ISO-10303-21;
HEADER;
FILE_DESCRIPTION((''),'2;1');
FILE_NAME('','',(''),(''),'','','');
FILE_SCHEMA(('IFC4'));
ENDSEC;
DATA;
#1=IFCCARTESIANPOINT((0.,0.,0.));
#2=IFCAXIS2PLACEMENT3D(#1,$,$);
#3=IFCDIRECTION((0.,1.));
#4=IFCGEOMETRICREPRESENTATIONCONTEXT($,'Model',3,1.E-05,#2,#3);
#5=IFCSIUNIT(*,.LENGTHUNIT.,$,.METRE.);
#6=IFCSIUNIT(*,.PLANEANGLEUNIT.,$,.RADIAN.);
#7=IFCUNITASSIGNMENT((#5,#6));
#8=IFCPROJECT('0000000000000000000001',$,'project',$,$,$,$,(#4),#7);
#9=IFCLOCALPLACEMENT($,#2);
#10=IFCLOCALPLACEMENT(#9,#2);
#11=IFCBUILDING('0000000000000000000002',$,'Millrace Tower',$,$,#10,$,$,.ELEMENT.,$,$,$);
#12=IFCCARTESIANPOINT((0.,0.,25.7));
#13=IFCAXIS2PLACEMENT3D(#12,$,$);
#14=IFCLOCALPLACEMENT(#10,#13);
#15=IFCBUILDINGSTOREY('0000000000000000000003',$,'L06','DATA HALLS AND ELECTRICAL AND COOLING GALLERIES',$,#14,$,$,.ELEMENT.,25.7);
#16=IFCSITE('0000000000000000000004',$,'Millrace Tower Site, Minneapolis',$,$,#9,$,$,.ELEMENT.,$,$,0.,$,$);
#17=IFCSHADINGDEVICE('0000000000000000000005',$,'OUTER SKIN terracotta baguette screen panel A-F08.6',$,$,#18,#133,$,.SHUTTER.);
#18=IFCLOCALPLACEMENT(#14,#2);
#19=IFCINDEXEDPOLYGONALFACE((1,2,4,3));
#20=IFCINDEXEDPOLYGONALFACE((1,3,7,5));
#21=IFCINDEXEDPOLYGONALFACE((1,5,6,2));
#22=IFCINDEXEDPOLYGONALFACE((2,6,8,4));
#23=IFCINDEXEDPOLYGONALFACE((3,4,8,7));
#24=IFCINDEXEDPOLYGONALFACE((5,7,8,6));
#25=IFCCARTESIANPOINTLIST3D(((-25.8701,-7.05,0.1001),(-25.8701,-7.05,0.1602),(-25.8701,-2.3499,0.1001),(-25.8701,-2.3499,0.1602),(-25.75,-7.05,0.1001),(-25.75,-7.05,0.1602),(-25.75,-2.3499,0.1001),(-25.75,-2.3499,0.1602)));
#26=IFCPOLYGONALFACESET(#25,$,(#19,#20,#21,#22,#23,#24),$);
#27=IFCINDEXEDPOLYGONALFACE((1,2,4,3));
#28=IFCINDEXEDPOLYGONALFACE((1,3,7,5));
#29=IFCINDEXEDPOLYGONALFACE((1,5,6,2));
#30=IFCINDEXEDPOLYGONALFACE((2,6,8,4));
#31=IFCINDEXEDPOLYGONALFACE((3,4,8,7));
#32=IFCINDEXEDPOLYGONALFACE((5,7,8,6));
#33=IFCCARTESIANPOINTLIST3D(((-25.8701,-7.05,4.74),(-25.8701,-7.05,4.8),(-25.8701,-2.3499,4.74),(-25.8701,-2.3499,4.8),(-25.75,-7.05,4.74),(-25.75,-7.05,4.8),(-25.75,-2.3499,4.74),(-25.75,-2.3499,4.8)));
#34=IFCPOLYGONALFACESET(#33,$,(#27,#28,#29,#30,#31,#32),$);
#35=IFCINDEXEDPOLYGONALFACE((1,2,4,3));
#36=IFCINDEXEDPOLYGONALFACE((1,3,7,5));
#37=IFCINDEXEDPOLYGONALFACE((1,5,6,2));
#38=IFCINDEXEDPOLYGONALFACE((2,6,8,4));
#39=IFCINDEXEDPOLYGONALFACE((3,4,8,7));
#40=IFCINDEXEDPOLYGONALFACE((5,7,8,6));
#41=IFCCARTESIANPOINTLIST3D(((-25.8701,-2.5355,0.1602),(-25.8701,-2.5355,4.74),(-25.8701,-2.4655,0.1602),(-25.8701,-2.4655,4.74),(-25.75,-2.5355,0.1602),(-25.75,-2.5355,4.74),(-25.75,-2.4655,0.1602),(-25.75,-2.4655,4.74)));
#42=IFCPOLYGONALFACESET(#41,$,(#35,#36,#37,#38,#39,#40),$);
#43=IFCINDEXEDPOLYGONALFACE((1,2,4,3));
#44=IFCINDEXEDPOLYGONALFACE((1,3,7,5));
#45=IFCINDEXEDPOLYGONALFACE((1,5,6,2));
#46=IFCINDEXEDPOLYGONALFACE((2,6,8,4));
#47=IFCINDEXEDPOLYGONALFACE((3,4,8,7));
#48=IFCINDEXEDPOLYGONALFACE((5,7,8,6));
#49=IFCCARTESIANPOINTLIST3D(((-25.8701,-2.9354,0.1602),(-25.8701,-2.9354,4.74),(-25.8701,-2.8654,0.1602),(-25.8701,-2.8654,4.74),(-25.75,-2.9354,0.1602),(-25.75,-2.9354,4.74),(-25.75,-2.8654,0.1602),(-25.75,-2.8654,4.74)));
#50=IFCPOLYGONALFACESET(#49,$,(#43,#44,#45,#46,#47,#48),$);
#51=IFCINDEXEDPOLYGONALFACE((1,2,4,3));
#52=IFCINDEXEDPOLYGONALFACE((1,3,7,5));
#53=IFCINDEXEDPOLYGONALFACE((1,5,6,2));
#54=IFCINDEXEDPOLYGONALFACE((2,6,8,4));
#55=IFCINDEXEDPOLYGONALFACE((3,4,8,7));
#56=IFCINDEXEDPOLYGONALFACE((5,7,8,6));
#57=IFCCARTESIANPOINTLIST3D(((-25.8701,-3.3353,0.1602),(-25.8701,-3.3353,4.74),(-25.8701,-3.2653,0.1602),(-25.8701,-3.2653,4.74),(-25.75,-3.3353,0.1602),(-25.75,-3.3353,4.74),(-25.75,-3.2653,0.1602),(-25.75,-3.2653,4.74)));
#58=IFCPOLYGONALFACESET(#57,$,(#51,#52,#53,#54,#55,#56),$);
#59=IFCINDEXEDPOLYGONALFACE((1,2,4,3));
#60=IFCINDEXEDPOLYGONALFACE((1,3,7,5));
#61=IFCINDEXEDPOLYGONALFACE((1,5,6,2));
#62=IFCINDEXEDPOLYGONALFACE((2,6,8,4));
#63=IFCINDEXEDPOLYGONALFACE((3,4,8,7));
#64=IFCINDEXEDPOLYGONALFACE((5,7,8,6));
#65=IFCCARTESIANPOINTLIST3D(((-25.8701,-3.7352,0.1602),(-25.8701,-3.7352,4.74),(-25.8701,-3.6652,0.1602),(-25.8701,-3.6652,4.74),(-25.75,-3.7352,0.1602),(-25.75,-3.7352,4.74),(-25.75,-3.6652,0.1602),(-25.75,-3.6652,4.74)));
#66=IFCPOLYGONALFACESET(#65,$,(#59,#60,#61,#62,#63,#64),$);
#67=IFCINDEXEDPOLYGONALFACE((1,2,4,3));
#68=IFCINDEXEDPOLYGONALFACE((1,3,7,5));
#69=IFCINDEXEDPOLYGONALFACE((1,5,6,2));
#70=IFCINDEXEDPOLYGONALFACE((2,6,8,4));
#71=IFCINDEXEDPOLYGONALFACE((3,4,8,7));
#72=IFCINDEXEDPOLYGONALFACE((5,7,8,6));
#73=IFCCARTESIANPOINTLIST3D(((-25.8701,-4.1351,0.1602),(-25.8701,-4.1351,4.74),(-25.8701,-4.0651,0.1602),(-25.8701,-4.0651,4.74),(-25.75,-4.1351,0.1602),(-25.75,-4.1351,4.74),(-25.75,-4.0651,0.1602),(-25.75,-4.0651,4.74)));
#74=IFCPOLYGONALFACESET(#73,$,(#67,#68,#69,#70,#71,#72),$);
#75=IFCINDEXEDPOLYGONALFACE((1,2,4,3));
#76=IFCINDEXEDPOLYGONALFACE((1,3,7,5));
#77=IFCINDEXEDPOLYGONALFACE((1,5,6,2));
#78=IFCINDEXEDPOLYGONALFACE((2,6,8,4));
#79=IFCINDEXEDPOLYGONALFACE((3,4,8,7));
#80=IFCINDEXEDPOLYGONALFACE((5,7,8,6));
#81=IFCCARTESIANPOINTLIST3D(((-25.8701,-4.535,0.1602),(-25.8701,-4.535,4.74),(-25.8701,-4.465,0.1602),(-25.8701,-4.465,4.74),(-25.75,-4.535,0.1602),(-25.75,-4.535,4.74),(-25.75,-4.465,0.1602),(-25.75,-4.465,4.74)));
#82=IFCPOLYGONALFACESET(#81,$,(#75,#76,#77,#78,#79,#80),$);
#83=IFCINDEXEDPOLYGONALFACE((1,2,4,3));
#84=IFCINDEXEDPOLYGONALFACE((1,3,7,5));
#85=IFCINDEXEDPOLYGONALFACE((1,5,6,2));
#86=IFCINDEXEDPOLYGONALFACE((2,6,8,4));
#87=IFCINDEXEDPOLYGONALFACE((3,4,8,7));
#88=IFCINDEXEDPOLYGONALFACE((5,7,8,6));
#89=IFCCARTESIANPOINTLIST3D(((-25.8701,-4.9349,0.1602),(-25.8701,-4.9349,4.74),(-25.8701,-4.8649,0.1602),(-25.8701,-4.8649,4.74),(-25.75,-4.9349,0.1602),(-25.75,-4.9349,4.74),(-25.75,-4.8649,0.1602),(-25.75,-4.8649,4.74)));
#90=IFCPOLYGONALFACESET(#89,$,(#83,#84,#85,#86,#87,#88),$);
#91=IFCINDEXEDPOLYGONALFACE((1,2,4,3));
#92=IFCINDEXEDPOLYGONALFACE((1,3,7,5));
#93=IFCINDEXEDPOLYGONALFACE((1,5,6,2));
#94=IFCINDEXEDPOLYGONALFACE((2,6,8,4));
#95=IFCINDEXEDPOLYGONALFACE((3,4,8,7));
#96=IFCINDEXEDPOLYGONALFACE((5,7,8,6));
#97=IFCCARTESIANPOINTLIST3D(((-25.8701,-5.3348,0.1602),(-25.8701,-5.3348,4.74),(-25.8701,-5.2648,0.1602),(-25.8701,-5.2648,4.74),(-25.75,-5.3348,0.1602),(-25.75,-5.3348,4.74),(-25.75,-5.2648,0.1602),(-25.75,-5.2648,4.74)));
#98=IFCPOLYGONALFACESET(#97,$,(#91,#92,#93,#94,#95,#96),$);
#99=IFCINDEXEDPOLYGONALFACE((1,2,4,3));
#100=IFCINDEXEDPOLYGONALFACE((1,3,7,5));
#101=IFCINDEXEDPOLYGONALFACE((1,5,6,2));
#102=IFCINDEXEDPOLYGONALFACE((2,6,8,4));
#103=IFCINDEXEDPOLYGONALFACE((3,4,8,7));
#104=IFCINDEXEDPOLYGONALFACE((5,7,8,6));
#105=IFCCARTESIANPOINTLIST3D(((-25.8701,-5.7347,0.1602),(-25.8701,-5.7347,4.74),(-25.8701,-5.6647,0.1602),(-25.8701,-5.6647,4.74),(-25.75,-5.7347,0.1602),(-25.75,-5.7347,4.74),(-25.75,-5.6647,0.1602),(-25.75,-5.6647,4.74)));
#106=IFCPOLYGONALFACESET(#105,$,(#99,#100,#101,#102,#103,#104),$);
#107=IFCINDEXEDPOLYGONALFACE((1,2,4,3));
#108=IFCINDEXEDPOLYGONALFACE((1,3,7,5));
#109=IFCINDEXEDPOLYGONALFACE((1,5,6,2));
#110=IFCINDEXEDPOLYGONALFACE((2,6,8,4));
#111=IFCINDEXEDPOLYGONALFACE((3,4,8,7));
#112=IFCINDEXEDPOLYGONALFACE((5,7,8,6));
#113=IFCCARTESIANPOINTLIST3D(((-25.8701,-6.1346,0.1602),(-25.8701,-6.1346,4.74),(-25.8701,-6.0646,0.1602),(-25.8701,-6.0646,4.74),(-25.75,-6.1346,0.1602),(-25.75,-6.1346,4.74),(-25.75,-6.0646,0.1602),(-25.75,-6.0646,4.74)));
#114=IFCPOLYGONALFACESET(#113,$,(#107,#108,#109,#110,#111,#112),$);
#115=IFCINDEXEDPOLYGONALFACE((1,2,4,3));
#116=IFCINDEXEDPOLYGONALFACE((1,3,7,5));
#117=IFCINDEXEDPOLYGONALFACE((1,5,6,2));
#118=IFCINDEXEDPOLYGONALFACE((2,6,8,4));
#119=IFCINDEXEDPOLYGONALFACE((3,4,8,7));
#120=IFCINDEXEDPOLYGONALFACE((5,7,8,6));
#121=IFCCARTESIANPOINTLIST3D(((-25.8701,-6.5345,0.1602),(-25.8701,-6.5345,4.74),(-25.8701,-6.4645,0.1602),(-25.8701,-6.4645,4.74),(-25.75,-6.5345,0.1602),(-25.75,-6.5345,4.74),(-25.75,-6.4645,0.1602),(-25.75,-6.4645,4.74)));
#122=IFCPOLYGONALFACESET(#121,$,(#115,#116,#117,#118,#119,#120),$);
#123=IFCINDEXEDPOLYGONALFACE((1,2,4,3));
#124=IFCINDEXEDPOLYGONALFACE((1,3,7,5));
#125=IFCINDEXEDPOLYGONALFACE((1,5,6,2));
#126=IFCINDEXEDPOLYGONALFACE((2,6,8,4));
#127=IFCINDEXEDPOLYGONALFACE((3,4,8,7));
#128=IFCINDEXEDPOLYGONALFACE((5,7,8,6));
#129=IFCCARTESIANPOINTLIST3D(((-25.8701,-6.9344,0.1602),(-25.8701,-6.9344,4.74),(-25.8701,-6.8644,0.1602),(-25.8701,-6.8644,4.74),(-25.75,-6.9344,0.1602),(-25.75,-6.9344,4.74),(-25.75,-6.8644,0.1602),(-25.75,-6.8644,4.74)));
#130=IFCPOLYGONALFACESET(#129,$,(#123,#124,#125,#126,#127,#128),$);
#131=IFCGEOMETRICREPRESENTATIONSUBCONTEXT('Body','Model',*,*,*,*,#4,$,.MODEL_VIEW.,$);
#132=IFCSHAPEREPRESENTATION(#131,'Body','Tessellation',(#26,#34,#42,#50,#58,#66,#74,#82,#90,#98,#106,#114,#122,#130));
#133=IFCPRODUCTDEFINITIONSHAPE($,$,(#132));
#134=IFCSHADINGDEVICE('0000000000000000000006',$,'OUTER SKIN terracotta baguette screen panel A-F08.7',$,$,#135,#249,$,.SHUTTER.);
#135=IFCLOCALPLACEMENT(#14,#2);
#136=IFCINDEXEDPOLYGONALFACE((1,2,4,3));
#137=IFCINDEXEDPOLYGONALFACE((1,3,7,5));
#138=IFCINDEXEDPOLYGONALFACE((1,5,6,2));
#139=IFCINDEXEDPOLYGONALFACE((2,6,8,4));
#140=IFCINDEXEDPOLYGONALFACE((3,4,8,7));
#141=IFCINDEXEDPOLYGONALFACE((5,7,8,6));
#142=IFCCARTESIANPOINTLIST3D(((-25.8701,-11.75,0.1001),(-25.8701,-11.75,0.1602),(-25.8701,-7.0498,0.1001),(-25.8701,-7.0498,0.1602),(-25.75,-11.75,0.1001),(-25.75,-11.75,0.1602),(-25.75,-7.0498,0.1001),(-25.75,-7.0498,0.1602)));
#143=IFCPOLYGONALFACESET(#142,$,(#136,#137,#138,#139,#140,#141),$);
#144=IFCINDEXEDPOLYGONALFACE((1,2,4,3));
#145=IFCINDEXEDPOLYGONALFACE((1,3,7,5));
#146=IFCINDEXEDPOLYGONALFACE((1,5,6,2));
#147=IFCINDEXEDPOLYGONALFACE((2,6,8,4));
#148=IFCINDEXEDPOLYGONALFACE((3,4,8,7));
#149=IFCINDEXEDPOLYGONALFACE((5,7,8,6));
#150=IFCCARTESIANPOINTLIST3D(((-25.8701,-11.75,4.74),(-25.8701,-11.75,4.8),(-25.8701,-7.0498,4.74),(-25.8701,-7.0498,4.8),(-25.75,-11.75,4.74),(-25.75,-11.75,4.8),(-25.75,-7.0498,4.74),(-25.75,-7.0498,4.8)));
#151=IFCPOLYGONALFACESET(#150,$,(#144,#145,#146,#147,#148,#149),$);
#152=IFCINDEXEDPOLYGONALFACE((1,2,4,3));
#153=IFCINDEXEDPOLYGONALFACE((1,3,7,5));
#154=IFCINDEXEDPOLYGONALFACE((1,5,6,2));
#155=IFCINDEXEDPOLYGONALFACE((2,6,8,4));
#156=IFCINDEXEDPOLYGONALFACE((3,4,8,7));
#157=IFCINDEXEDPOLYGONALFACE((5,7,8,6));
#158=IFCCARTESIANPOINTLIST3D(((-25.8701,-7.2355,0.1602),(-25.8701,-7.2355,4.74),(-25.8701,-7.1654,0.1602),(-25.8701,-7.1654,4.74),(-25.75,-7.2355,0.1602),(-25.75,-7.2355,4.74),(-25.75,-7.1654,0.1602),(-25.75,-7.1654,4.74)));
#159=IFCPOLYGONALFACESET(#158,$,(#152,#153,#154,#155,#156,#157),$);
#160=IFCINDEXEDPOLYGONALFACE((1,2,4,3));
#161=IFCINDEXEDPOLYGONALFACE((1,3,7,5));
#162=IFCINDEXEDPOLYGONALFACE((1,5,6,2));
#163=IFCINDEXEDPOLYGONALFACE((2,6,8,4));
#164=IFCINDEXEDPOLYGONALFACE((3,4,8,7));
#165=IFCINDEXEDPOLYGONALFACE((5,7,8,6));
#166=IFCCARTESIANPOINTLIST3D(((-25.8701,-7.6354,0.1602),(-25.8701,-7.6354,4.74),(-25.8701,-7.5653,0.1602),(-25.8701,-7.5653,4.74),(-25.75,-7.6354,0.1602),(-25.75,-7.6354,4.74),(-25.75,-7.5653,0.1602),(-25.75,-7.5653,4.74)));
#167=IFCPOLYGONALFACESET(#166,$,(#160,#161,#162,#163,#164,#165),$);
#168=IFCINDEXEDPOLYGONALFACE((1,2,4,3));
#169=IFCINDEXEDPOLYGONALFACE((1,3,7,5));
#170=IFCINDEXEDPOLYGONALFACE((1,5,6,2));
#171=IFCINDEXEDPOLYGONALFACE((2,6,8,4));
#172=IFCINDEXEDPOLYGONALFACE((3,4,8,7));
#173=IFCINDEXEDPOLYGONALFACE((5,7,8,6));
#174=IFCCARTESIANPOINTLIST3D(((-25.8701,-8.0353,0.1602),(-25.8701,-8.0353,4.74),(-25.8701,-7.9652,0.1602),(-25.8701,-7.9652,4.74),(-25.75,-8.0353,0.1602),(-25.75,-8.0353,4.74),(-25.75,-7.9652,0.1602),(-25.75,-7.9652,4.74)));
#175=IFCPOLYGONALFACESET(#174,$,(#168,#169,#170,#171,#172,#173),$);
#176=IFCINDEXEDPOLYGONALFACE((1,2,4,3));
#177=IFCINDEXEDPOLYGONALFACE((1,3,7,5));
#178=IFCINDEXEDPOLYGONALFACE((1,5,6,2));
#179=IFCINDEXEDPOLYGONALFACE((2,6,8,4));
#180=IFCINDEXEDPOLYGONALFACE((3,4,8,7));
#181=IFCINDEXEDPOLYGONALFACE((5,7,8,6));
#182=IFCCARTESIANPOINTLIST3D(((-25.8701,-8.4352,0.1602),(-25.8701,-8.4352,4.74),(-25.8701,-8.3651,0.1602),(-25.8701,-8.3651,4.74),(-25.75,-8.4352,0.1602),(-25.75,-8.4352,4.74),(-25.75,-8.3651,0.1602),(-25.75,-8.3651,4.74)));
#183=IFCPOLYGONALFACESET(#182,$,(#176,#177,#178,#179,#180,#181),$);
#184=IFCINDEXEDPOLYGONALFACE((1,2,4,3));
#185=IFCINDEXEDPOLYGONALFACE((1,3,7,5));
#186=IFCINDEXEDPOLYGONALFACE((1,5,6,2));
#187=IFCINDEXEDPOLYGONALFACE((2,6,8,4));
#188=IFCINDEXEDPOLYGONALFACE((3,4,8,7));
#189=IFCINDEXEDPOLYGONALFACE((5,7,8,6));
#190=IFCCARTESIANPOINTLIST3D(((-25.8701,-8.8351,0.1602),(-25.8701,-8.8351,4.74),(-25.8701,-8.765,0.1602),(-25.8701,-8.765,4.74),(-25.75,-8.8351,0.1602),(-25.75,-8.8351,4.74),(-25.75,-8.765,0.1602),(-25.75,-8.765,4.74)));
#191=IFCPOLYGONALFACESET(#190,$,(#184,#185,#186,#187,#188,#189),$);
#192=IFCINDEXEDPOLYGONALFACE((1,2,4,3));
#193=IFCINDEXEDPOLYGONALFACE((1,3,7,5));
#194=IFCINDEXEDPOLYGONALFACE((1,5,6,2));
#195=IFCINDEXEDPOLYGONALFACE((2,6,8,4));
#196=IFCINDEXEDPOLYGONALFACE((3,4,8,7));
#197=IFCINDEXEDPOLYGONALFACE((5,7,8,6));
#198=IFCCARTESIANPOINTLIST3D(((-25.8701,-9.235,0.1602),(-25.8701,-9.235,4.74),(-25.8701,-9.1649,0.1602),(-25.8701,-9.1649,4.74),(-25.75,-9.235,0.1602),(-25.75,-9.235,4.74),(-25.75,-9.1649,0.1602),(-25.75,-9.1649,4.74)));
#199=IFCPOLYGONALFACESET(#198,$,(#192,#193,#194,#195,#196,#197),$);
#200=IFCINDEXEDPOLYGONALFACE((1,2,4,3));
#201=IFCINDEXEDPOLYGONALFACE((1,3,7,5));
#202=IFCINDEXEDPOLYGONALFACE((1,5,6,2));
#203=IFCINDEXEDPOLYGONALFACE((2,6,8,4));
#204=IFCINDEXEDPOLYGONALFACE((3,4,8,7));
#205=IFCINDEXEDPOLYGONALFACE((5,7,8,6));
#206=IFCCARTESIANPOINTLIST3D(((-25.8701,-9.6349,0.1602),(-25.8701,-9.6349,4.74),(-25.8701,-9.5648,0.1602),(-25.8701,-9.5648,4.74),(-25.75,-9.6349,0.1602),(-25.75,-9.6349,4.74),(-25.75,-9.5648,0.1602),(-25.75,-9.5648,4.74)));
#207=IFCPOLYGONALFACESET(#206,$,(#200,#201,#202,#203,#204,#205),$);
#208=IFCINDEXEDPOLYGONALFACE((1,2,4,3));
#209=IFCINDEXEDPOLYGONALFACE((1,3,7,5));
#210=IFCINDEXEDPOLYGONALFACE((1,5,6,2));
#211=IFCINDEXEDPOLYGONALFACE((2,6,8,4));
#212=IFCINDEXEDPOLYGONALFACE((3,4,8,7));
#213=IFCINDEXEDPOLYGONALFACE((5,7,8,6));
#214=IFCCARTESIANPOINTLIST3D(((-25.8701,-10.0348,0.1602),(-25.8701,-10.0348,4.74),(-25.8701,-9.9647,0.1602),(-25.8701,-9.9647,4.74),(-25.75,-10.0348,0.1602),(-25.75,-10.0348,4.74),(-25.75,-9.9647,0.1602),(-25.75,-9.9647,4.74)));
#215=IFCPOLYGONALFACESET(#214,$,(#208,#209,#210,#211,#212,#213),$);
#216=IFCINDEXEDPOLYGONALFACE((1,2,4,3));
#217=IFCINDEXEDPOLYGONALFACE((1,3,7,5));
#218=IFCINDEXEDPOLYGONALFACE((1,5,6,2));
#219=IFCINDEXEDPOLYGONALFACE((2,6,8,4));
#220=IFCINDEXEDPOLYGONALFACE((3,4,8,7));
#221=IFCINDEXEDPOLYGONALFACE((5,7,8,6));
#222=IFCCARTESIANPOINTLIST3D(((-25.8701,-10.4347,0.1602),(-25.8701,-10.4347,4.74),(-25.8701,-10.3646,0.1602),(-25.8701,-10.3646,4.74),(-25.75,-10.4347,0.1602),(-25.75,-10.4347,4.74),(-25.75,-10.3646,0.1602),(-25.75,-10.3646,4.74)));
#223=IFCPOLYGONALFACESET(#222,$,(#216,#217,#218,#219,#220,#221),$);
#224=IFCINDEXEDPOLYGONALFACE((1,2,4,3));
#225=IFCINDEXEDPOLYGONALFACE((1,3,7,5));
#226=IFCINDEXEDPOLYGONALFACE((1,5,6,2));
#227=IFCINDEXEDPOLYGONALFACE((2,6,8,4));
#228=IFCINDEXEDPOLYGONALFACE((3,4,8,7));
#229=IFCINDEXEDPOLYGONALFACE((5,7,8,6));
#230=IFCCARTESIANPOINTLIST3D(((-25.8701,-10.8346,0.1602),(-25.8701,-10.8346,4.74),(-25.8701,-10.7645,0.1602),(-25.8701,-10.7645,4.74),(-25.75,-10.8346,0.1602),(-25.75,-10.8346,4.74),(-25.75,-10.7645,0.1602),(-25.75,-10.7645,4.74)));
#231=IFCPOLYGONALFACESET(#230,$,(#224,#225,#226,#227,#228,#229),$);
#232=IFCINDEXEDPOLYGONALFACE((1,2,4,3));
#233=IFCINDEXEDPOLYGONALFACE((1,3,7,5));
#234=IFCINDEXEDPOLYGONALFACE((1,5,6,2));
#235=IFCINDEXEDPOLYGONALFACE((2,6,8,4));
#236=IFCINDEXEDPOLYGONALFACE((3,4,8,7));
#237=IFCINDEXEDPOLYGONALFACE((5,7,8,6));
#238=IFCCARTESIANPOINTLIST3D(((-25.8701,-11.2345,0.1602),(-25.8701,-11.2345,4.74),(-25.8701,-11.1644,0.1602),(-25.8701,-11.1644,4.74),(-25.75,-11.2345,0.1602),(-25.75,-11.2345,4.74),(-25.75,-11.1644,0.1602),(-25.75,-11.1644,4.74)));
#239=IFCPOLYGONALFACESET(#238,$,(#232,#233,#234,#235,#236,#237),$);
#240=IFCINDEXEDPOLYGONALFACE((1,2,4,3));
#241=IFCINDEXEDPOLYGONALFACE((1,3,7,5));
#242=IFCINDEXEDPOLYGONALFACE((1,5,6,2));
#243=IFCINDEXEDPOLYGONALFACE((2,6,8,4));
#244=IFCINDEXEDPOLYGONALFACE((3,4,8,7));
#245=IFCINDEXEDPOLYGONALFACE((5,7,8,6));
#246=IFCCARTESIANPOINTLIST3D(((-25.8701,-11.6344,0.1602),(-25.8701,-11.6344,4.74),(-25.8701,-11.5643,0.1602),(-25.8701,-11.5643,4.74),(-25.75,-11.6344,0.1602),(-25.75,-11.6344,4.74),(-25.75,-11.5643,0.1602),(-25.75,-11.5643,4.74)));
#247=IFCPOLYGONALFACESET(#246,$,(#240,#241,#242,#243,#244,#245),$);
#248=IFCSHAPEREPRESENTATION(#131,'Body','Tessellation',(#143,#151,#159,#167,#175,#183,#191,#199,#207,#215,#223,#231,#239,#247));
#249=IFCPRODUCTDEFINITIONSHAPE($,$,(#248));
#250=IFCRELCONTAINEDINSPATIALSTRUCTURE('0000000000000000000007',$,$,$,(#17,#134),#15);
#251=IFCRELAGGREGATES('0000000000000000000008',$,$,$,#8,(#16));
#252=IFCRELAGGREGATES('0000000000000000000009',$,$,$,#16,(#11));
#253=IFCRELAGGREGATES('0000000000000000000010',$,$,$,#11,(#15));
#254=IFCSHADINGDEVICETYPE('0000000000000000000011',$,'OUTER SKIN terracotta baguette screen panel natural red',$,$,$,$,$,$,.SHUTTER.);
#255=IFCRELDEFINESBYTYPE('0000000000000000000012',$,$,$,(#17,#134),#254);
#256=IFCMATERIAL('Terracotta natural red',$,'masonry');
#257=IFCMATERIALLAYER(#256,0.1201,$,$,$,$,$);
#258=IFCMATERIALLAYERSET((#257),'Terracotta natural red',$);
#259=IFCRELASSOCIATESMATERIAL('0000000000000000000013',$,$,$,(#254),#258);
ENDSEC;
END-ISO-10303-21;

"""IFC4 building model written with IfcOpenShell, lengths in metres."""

from ifc_helpers import new_model, entity, si_unit, direction, frame, frame_2d, origin, place, context, subcontext, project, spatial, rectangle, extrude, source, transform, mapped, material, layer, layer_set, type_object, element, save


model = new_model("IFC4")

# Units and contexts
model_context = context("Model", 3, precision=1e-05, world=origin(), true_north=direction((0.0, 1.0)))
body_context = subcontext(model_context, "Body", "Model", "MODEL_VIEW")
ifc_project = project(units=[si_unit("LENGTHUNIT", "METRE"), si_unit("PLANEANGLEUNIT", "RADIAN")], contexts=[model_context])

# Site, building, storey
site_placement = place(None, origin())
site = spatial("IfcSite", under=ifc_project, at=site_placement, Name="Millrace Tower Site, Minneapolis", CompositionType="ELEMENT", RefElevation=0.0)
building_placement = place(site_placement, origin())
building = spatial("IfcBuilding", under=site, at=building_placement, Name="Millrace Tower", CompositionType="ELEMENT")
storey_placement = place(building_placement, frame((0.0, 0.0, 25.7)))
storey = spatial("IfcBuildingStorey", under=building, at=storey_placement, Name="L06", Description="DATA HALLS AND ELECTRICAL AND COOLING GALLERIES", CompositionType="ELEMENT", Elevation=25.7)

# Shading devices
cartesian_point = entity("IfcCartesianPoint", [-2.3501, 0.0601])
shared_polyline = entity("IfcPolyline", [cartesian_point, entity("IfcCartesianPoint", [2.3501, 0.0601]), entity("IfcCartesianPoint", [2.3501, -0.0601]), entity("IfcCartesianPoint", [-2.3501, -0.0601]), cartesian_point])
ifc_material_1 = material(Name="Terracotta natural red", Category="masonry")
ifc_layer_1 = layer(ifc_material_1, 0.1201)
ifc_layer_set_1 = layer_set([ifc_layer_1], Name="Terracotta natural red")
shading_device_type_1 = type_object("IfcShadingDeviceType", Name="OUTER SKIN terracotta baguette screen panel natural red", PredefinedType="SHUTTER", material=ifc_layer_set_1)
shared_shape_1 = source(origin(), body_context, "Body", "SweptSolid", [
    entity("IfcExtrudedAreaSolid", entity("IfcArbitraryClosedProfileDef", "AREA", None, shared_polyline), entity("IfcAxis2Placement3D", entity("IfcCartesianPoint", [0.0, 0.0, 0.0])), entity("IfcDirection", [0.0, 0.0, 1.0]), 0.0601),
    entity("IfcExtrudedAreaSolid", entity("IfcArbitraryClosedProfileDef", "AREA", None, shared_polyline), entity("IfcAxis2Placement3D", entity("IfcCartesianPoint", [0.0, 0.0, 4.6399])), entity("IfcDirection", [0.0, 0.0, 1.0]), 0.0601),
    extrude(rectangle(XDim=0.0701, YDim=0.1201, at=frame_2d((-2.1995, 0.0))), frame((0.0, 0.0, 0.0601)), (0.0, 0.0, 1.0), 4.5798),
    extrude(rectangle(XDim=0.0701, YDim=0.1201, at=frame_2d((-1.7996, 0.0))), frame((0.0, 0.0, 0.0601)), (0.0, 0.0, 1.0), 4.5798),
    extrude(rectangle(XDim=0.0701, YDim=0.1201, at=frame_2d((-1.3997, 0.0))), frame((0.0, 0.0, 0.0601)), (0.0, 0.0, 1.0), 4.5798),
    extrude(rectangle(XDim=0.0701, YDim=0.1201, at=frame_2d((-0.9998, 0.0))), frame((0.0, 0.0, 0.0601)), (0.0, 0.0, 1.0), 4.5798),
    extrude(rectangle(XDim=0.0701, YDim=0.1201, at=frame_2d((-0.5999, 0.0))), frame((0.0, 0.0, 0.0601)), (0.0, 0.0, 1.0), 4.5798),
    extrude(rectangle(XDim=0.0701, YDim=0.1201, at=frame_2d((-0.2, 0.0))), frame((0.0, 0.0, 0.0601)), (0.0, 0.0, 1.0), 4.5798),
    extrude(rectangle(XDim=0.0701, YDim=0.1201, at=frame_2d((0.2, 0.0))), frame((0.0, 0.0, 0.0601)), (0.0, 0.0, 1.0), 4.5798),
    extrude(rectangle(XDim=0.0701, YDim=0.1201, at=frame_2d((0.5999, 0.0))), frame((0.0, 0.0, 0.0601)), (0.0, 0.0, 1.0), 4.5798),
    extrude(rectangle(XDim=0.0701, YDim=0.1201, at=frame_2d((0.9998, 0.0))), frame((0.0, 0.0, 0.0601)), (0.0, 0.0, 1.0), 4.5798),
    extrude(rectangle(XDim=0.0701, YDim=0.1201, at=frame_2d((1.3997, 0.0))), frame((0.0, 0.0, 0.0601)), (0.0, 0.0, 1.0), 4.5798),
    extrude(rectangle(XDim=0.0701, YDim=0.1201, at=frame_2d((1.7996, 0.0))), frame((0.0, 0.0, 0.0601)), (0.0, 0.0, 1.0), 4.5798),
    extrude(rectangle(XDim=0.0701, YDim=0.1201, at=frame_2d((2.1995, 0.0))), frame((0.0, 0.0, 0.0601)), (0.0, 0.0, 1.0), 4.5798),
])
for number, where, z_axis, x_axis, name in (
    (1, (-25.8101, -4.7, 0.1001), (0.0, 0.0, 1.0), (0.0, -1.0, 0.0), "OUTER SKIN terracotta baguette screen panel A-F08.6"),
    (2, (-25.8101, -9.3999, 0.1001), (0.0, 0.0, 1.0), (0.0, -1.0, 0.0), "OUTER SKIN terracotta baguette screen panel A-F08.7"),
):
    element("IfcShadingDevice", number, at=place(storey_placement, frame(where, z_axis=z_axis, x_axis=x_axis)), inside=storey, type_object=shading_device_type_1, Name=name, PredefinedType="SHUTTER", context=body_context, shape_type="MappedRepresentation", body=[
        mapped(shared_shape_1, transform((0.0, 0.0, 0.0), scale=1.0)),
    ])

save(model, "model.ifc")
